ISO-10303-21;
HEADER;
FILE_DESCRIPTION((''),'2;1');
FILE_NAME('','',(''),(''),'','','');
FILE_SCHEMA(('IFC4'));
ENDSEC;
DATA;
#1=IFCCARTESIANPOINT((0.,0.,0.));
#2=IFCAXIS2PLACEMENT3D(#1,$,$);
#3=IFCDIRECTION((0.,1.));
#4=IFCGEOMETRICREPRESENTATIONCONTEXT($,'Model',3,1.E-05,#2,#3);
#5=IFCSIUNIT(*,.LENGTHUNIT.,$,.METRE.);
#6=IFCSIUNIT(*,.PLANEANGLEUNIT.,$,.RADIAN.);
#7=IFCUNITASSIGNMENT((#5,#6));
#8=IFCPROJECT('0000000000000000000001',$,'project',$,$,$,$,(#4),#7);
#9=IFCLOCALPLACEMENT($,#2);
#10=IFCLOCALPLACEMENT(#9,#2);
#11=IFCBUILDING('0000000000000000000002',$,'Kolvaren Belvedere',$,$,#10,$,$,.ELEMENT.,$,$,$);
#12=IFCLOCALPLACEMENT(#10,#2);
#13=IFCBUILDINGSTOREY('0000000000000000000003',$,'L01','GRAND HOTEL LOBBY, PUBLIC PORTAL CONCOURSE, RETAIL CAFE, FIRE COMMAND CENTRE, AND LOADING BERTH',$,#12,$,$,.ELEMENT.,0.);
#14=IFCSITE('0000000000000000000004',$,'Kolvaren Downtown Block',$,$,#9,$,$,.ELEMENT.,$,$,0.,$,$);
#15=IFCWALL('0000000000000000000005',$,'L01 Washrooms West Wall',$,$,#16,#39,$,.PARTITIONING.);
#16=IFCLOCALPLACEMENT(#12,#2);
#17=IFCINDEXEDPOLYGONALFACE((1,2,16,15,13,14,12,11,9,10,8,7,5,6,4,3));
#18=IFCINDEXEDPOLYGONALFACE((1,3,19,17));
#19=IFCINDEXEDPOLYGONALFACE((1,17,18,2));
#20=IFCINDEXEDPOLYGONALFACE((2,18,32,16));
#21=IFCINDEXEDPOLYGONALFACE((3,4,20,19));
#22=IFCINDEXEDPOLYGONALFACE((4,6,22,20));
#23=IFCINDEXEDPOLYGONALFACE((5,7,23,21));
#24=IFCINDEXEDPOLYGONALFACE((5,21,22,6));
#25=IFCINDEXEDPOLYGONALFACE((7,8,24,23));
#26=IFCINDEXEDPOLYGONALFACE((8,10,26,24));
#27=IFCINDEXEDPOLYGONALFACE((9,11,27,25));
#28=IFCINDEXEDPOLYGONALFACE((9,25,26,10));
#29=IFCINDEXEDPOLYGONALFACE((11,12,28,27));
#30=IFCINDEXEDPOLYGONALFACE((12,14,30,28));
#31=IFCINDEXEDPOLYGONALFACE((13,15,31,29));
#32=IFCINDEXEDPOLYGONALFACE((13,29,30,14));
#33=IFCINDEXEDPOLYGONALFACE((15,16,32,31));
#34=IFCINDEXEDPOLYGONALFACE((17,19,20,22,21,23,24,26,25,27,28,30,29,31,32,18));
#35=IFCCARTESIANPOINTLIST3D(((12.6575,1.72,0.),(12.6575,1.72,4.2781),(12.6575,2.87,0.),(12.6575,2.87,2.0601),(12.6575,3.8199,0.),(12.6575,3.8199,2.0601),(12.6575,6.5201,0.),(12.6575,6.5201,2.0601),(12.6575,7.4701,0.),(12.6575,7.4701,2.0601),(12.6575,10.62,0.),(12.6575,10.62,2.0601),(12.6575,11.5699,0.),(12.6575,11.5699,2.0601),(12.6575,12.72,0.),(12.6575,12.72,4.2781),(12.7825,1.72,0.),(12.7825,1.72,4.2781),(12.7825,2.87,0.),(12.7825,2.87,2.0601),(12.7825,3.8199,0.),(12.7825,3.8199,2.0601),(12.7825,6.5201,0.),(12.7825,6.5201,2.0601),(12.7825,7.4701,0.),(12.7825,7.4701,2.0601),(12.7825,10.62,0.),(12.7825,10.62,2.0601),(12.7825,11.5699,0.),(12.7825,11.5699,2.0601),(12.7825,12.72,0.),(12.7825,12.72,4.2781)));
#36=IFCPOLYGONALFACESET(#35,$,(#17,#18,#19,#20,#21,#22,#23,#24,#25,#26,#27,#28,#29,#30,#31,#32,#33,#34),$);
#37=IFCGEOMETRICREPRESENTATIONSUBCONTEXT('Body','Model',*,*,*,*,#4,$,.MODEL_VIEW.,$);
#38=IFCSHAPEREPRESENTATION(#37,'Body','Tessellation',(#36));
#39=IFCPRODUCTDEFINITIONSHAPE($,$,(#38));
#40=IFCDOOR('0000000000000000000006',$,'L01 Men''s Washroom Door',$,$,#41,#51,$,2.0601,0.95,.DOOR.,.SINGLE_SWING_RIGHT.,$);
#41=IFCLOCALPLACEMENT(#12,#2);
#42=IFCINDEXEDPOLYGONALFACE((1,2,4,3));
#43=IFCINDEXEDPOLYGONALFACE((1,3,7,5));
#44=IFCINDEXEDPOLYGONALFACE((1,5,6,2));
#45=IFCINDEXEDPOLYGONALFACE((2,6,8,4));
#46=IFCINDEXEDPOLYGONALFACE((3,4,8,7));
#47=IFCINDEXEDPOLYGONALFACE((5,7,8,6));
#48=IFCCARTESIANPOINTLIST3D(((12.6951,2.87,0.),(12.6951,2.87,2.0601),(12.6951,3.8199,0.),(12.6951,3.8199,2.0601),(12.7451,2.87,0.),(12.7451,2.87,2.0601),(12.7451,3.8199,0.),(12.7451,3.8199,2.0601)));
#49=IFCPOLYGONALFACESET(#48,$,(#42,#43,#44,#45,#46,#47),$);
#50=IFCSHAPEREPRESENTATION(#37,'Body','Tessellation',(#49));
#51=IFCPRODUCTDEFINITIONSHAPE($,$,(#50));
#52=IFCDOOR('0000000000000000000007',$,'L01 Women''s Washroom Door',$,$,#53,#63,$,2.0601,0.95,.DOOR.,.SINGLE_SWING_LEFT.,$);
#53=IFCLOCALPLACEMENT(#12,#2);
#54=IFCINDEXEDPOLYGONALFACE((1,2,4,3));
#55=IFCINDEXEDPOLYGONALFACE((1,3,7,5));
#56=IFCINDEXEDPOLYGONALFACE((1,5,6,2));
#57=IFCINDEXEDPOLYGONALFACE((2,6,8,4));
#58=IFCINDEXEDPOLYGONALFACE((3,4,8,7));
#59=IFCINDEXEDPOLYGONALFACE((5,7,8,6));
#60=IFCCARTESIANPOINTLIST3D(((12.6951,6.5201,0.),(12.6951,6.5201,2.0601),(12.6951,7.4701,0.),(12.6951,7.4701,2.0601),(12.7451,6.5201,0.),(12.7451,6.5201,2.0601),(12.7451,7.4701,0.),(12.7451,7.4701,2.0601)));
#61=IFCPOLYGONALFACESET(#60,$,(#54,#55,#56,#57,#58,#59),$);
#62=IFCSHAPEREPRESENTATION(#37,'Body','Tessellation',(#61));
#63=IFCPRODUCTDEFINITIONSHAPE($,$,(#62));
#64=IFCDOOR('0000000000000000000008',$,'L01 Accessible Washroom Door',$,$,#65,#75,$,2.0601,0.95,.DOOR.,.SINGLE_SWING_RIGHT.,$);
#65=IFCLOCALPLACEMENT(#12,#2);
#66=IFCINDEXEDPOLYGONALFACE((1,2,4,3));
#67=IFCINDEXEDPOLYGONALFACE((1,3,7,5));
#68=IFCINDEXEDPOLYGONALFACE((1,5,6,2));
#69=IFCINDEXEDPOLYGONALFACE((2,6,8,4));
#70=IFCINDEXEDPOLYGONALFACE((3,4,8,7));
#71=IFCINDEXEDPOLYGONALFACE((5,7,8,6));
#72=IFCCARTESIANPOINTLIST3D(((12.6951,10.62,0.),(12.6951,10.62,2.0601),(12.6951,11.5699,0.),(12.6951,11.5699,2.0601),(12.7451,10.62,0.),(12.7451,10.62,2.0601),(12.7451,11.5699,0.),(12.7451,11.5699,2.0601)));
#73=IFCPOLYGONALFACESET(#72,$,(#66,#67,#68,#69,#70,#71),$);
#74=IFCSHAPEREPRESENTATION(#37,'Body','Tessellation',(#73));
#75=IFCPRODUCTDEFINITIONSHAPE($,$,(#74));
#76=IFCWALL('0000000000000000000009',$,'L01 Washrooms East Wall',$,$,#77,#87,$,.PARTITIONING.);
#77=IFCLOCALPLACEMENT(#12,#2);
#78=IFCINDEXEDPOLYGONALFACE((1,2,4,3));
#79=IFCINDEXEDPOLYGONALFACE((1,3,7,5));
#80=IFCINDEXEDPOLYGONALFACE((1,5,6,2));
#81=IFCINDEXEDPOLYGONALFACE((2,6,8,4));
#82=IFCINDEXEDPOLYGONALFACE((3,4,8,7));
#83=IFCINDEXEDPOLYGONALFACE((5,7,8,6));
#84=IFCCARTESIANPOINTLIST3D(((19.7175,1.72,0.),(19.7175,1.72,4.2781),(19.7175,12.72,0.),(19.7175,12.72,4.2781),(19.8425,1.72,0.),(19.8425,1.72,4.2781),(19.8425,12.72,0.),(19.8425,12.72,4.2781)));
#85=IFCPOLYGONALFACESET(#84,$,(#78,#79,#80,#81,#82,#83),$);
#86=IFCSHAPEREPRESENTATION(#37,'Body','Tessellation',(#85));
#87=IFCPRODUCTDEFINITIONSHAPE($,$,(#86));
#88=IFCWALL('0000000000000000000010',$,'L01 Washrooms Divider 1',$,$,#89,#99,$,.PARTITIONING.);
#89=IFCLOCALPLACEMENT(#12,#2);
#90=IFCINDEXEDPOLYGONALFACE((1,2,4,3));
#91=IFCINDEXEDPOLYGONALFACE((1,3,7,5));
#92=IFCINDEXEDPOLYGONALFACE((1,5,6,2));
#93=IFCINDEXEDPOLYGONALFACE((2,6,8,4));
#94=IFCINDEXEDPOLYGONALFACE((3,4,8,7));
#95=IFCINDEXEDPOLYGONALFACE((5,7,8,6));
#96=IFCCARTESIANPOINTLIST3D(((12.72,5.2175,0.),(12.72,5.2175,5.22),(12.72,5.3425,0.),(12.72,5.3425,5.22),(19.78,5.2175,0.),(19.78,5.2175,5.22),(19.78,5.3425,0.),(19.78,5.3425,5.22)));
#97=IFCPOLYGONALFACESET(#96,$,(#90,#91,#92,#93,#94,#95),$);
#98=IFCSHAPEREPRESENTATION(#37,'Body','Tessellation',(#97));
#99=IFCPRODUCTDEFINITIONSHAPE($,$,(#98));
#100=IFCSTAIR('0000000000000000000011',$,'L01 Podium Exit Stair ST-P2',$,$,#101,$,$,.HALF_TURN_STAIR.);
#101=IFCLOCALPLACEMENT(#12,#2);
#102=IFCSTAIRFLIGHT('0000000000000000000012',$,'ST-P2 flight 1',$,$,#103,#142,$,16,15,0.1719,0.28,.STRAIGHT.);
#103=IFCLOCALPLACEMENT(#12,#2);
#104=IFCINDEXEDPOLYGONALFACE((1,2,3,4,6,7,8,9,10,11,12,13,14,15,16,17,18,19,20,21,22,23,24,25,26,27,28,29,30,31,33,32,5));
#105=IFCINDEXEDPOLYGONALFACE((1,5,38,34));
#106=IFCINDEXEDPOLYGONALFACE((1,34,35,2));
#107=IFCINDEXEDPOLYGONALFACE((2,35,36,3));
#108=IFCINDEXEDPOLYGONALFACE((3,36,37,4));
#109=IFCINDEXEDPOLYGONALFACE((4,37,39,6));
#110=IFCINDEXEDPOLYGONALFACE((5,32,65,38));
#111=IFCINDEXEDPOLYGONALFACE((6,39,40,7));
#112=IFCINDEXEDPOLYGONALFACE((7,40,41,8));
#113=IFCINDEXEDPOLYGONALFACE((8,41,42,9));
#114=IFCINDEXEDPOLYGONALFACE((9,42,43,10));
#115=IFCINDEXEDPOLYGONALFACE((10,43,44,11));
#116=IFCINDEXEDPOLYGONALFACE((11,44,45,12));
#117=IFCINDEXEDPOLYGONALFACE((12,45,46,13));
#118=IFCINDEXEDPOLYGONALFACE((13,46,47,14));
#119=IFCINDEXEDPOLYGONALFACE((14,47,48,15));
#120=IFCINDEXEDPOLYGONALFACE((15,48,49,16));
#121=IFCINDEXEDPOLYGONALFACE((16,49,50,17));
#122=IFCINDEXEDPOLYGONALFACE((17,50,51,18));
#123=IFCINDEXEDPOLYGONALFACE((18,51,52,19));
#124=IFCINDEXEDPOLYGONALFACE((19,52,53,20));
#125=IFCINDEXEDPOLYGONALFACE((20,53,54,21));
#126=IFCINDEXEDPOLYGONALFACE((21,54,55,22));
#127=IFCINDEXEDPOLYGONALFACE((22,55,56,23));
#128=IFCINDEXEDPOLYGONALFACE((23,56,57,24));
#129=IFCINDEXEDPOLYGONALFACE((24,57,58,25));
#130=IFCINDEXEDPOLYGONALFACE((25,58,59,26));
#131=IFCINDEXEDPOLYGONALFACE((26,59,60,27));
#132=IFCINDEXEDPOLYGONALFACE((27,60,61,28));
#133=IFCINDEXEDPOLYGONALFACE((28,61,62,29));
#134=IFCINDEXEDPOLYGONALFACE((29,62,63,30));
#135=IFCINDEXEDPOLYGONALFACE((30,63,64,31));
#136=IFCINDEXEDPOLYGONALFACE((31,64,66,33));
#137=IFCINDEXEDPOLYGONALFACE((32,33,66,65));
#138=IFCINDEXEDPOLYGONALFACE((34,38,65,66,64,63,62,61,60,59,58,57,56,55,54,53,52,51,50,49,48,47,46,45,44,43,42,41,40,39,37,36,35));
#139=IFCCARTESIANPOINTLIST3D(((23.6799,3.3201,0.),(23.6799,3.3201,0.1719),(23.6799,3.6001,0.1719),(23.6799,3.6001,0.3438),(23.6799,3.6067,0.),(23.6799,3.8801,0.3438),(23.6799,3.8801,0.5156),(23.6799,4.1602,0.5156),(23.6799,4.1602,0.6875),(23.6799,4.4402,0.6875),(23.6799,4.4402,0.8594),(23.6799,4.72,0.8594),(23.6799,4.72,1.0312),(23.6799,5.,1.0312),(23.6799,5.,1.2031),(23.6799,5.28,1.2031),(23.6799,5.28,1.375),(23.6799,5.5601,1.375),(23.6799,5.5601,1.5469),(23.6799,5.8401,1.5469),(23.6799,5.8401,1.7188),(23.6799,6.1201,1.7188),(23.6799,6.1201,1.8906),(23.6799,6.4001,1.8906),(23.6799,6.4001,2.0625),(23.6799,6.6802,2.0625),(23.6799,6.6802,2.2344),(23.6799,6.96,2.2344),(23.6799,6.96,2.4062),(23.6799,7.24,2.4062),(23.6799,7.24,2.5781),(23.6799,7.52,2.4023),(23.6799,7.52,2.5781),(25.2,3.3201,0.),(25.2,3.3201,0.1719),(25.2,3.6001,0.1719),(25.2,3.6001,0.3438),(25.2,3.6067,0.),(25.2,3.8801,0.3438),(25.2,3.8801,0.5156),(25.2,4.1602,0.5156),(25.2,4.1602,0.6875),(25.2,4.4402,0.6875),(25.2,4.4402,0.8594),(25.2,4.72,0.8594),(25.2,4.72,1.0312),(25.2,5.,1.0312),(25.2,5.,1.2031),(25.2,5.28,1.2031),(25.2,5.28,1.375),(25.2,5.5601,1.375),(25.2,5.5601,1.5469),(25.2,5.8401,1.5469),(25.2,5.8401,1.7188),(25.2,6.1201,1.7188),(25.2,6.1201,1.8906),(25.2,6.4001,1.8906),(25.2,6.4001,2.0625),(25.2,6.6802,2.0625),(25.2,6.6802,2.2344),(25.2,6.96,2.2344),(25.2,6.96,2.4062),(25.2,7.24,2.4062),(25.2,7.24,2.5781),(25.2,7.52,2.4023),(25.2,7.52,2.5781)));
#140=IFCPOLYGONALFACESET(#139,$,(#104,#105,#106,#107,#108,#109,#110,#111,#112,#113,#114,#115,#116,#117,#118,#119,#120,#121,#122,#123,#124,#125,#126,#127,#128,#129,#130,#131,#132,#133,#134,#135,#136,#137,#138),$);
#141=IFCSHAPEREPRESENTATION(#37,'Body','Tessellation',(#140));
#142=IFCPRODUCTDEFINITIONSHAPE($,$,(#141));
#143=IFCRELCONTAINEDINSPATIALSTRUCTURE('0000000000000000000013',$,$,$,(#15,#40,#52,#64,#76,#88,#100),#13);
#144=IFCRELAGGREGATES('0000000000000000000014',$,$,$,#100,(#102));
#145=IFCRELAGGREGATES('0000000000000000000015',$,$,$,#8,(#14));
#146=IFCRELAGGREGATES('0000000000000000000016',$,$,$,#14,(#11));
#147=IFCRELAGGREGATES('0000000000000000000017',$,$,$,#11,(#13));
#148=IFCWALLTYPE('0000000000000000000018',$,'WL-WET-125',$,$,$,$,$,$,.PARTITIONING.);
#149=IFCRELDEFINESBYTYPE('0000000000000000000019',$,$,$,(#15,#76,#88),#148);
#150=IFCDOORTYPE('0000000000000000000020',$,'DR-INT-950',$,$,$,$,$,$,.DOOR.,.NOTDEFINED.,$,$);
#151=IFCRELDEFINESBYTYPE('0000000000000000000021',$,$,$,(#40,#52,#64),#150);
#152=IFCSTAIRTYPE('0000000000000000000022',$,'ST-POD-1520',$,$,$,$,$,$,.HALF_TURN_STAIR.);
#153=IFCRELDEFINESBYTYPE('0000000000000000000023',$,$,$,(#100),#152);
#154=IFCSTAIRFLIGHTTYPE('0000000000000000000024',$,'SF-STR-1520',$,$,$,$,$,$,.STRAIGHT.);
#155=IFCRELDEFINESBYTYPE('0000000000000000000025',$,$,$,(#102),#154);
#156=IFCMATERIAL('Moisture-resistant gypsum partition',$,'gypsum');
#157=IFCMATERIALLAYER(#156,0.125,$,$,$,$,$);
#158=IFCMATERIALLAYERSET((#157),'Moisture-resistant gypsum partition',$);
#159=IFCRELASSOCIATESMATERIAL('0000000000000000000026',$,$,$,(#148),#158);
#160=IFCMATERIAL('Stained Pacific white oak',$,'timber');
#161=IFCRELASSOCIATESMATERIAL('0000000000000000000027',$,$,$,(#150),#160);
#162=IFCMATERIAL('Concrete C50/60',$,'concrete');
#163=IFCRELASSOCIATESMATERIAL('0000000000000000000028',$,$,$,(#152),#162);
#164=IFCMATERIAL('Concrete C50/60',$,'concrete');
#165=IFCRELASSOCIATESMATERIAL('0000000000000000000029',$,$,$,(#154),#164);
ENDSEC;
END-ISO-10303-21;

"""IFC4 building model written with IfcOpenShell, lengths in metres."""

from ifc_helpers import new_model, si_unit, direction, frame, frame_2d, origin, place, context, subcontext, project, spatial, polyline, rectangle, outline, extrude, material, layer, layer_set, type_object, element, fill, aggregate, save


model = new_model("IFC4")

# Units and contexts
model_context = context("Model", 3, precision=1e-05, world=origin(), true_north=direction((0.0, 1.0)))
body_context = subcontext(model_context, "Body", "Model", "MODEL_VIEW")
ifc_project = project(units=[si_unit("LENGTHUNIT", "METRE"), si_unit("PLANEANGLEUNIT", "RADIAN")], contexts=[model_context])

# Site, building, storey
site_placement = place(None, origin())
site = spatial("IfcSite", under=ifc_project, at=site_placement, Name="Kolvaren Downtown Block", CompositionType="ELEMENT", RefElevation=0.0)
building_placement = place(site_placement, origin())
building = spatial("IfcBuilding", under=site, at=building_placement, Name="Kolvaren Belvedere", CompositionType="ELEMENT")
storey_placement = place(building_placement, origin())
storey = spatial("IfcBuildingStorey", under=building, at=storey_placement, Name="L01", Description="GRAND HOTEL LOBBY, PUBLIC PORTAL CONCOURSE, RETAIL CAFE, FIRE COMMAND CENTRE, AND LOADING BERTH", CompositionType="ELEMENT", Elevation=0.0)

# Wall, openings, doors
ifc_material_1 = material(Name="Moisture-resistant gypsum partition", Category="gypsum")
ifc_layer_1 = layer(ifc_material_1, 0.125)
ifc_layer_set_1 = layer_set([ifc_layer_1], Name="Moisture-resistant gypsum partition")
wall_type_1 = type_object("IfcWallType", Name="WL-WET-125", PredefinedType="PARTITIONING", material=ifc_layer_set_1)
wall_1_placement = place(storey_placement, frame((12.72, 1.72, 0.0), z_axis=(0.0, 0.0, 1.0), x_axis=(0.0, 1.0, 0.0)))
wall_1 = element("IfcWall", 1, at=wall_1_placement, inside=storey, type_object=wall_type_1, Name="L01 Washrooms West Wall", PredefinedType="PARTITIONING", context=body_context, shape_type="SweptSolid", body=[
    extrude(rectangle(XDim=11.0, YDim=0.125, at=frame_2d((5.5, 0.0))), origin(), (0.0, 0.0, 1.0), 4.2781),
])
opening_1_placement = place(wall_1_placement, frame((1.1499, 0.0, 0.0)))
opening_1 = element("IfcOpeningElement", 2, at=opening_1_placement, cuts=wall_1, PredefinedType="OPENING", context=body_context, shape_type="SweptSolid", body=[
    extrude(rectangle(XDim=0.95, YDim=2.0601, at=frame_2d((0.4751, 1.03))), frame((0.0, 0.0725, 0.0), z_axis=(0.0, -1.0, 0.0), x_axis=(1.0, 0.0, 0.0)), (0.0, 0.0, 1.0), 0.145),
])
opening_2_placement = place(wall_1_placement, frame((4.8, 0.0, 0.0)))
opening_2 = element("IfcOpeningElement", 3, at=opening_2_placement, cuts=wall_1, PredefinedType="OPENING", context=body_context, shape_type="SweptSolid", body=[
    extrude(rectangle(XDim=0.95, YDim=2.0601, at=frame_2d((0.4751, 1.03))), frame((0.0, 0.0725, 0.0), z_axis=(0.0, -1.0, 0.0), x_axis=(1.0, 0.0, 0.0)), (0.0, 0.0, 1.0), 0.145),
])
opening_3_placement = place(wall_1_placement, frame((8.8999, 0.0, 0.0)))
opening_3 = element("IfcOpeningElement", 4, at=opening_3_placement, cuts=wall_1, PredefinedType="OPENING", context=body_context, shape_type="SweptSolid", body=[
    extrude(rectangle(XDim=0.95, YDim=2.0601, at=frame_2d((0.4751, 1.03))), frame((0.0, 0.0725, 0.0), z_axis=(0.0, -1.0, 0.0), x_axis=(1.0, 0.0, 0.0)), (0.0, 0.0, 1.0), 0.145),
])
ifc_material_2 = material(Name="Stained Pacific white oak", Category="timber")
door_type_1 = type_object("IfcDoorType", Name="DR-INT-950", OperationType="NOTDEFINED", PredefinedType="DOOR", material=ifc_material_2)
door_1_placement = place(opening_1_placement, origin())
door_1 = element("IfcDoor", 5, at=door_1_placement, inside=storey, type_object=door_type_1, Name="L01 Men's Washroom Door", OperationType="SINGLE_SWING_RIGHT", OverallHeight=2.0601, OverallWidth=0.95, PredefinedType="DOOR", context=body_context, shape_type="SweptSolid", body=[
    extrude(rectangle(XDim=0.95, YDim=2.0601, at=frame_2d((0.4751, 1.03))), frame((0.0, 0.0249, 0.0), z_axis=(0.0, -1.0, 0.0), x_axis=(1.0, 0.0, 0.0)), (0.0, 0.0, 1.0), 0.05),
])
fill(opening_1, door_1)
door_2_placement = place(opening_2_placement, origin())
door_2 = element("IfcDoor", 6, at=door_2_placement, inside=storey, type_object=door_type_1, Name="L01 Women's Washroom Door", OperationType="SINGLE_SWING_LEFT", OverallHeight=2.0601, OverallWidth=0.95, PredefinedType="DOOR", context=body_context, shape_type="SweptSolid", body=[
    extrude(rectangle(XDim=0.95, YDim=2.0601, at=frame_2d((0.4751, 1.03))), frame((0.0, 0.0249, 0.0), z_axis=(0.0, -1.0, 0.0), x_axis=(1.0, 0.0, 0.0)), (0.0, 0.0, 1.0), 0.05),
])
fill(opening_2, door_2)
door_3_placement = place(opening_3_placement, origin())
door_3 = element("IfcDoor", 7, at=door_3_placement, inside=storey, type_object=door_type_1, Name="L01 Accessible Washroom Door", OperationType="SINGLE_SWING_RIGHT", OverallHeight=2.0601, OverallWidth=0.95, PredefinedType="DOOR", context=body_context, shape_type="SweptSolid", body=[
    extrude(rectangle(XDim=0.95, YDim=2.0601, at=frame_2d((0.4751, 1.03))), frame((0.0, 0.0249, 0.0), z_axis=(0.0, -1.0, 0.0), x_axis=(1.0, 0.0, 0.0)), (0.0, 0.0, 1.0), 0.05),
])
fill(opening_3, door_3)

# Walls
wall_2_placement = place(storey_placement, frame((19.78, 1.72, 0.0), z_axis=(0.0, 0.0, 1.0), x_axis=(0.0, 1.0, 0.0)))
element("IfcWall", 8, at=wall_2_placement, inside=storey, type_object=wall_type_1, Name="L01 Washrooms East Wall", PredefinedType="PARTITIONING", context=body_context, shape_type="SweptSolid", body=[
    extrude(rectangle(XDim=11.0, YDim=0.125, at=frame_2d((5.5, 0.0))), origin(), (0.0, 0.0, 1.0), 4.2781),
])
wall_3_placement = place(storey_placement, frame((12.72, 5.28, 0.0), z_axis=(0.0, 0.0, 1.0), x_axis=(1.0, 0.0, 0.0)))
element("IfcWall", 9, at=wall_3_placement, inside=storey, type_object=wall_type_1, Name="L01 Washrooms Divider 1", PredefinedType="PARTITIONING", context=body_context, shape_type="SweptSolid", body=[
    extrude(rectangle(XDim=7.0601, YDim=0.125, at=frame_2d((3.53, 0.0))), origin(), (0.0, 0.0, 1.0), 5.22),
])

# Stair, stair flight
ifc_material_3 = material(Name="Concrete C50/60", Category="concrete")
stair_type = type_object("IfcStairType", Name="ST-POD-1520", PredefinedType="HALF_TURN_STAIR", material=ifc_material_3)
stair_placement = place(storey_placement, origin())
stair = element("IfcStair", 10, at=stair_placement, inside=storey, type_object=stair_type, Name="L01 Podium Exit Stair ST-P2", PredefinedType="HALF_TURN_STAIR")
ifc_material_4 = material(Name="Concrete C50/60", Category="concrete")
stair_flight_type = type_object("IfcStairFlightType", Name="SF-STR-1520", PredefinedType="STRAIGHT", material=ifc_material_4)
stair_flight_1_placement = place(storey_placement, frame((24.4399, 3.3201, 0.0), z_axis=(0.0, 0.0, 1.0), x_axis=(0.0, 1.0, 0.0)))
stair_flight_1 = element("IfcStairFlight", 11, at=stair_flight_1_placement, type_object=stair_flight_type, Name="ST-P2 flight 1", NumberOfRisers=16, NumberOfTreads=15, PredefinedType="STRAIGHT", RiserHeight=0.1719, TreadLength=0.28, context=body_context, shape_type="SweptSolid", body=[
    extrude(outline(polyline([(0.0, 0.0), (0.0, 0.1719), (0.28, 0.1719), (0.28, 0.3438), (0.5601, 0.3438), (0.5601, 0.5156), (0.8401, 0.5156), (0.8401, 0.6875), (1.1201, 0.6875), (1.1201, 0.8594), (1.3999, 0.8594), (1.3999, 1.0312), (1.6799, 1.0312), (1.6799, 1.2031), (1.96, 1.2031), (1.96, 1.375), (2.24, 1.375), (2.24, 1.5469), (2.52, 1.5469), (2.52, 1.7188), (2.8, 1.7188), (2.8, 1.8906), (3.0801, 1.8906), (3.0801, 2.0625), (3.3601, 2.0625), (3.3601, 2.2344), (3.6399, 2.2344), (3.6399, 2.4062), (3.9199, 2.4062), (3.9199, 2.5781), (4.2, 2.5781), (4.2, 2.75), (4.2, 2.4023), (0.2866, 0.0), (0.0, 0.0)])), frame((0.0, 0.76, 0.0), z_axis=(0.0, -1.0, 0.0), x_axis=(1.0, 0.0, 0.0)), (0.0, 0.0, 1.0), 1.52),
])
aggregate(stair, [stair_flight_1])

save(model, "model.ifc")
